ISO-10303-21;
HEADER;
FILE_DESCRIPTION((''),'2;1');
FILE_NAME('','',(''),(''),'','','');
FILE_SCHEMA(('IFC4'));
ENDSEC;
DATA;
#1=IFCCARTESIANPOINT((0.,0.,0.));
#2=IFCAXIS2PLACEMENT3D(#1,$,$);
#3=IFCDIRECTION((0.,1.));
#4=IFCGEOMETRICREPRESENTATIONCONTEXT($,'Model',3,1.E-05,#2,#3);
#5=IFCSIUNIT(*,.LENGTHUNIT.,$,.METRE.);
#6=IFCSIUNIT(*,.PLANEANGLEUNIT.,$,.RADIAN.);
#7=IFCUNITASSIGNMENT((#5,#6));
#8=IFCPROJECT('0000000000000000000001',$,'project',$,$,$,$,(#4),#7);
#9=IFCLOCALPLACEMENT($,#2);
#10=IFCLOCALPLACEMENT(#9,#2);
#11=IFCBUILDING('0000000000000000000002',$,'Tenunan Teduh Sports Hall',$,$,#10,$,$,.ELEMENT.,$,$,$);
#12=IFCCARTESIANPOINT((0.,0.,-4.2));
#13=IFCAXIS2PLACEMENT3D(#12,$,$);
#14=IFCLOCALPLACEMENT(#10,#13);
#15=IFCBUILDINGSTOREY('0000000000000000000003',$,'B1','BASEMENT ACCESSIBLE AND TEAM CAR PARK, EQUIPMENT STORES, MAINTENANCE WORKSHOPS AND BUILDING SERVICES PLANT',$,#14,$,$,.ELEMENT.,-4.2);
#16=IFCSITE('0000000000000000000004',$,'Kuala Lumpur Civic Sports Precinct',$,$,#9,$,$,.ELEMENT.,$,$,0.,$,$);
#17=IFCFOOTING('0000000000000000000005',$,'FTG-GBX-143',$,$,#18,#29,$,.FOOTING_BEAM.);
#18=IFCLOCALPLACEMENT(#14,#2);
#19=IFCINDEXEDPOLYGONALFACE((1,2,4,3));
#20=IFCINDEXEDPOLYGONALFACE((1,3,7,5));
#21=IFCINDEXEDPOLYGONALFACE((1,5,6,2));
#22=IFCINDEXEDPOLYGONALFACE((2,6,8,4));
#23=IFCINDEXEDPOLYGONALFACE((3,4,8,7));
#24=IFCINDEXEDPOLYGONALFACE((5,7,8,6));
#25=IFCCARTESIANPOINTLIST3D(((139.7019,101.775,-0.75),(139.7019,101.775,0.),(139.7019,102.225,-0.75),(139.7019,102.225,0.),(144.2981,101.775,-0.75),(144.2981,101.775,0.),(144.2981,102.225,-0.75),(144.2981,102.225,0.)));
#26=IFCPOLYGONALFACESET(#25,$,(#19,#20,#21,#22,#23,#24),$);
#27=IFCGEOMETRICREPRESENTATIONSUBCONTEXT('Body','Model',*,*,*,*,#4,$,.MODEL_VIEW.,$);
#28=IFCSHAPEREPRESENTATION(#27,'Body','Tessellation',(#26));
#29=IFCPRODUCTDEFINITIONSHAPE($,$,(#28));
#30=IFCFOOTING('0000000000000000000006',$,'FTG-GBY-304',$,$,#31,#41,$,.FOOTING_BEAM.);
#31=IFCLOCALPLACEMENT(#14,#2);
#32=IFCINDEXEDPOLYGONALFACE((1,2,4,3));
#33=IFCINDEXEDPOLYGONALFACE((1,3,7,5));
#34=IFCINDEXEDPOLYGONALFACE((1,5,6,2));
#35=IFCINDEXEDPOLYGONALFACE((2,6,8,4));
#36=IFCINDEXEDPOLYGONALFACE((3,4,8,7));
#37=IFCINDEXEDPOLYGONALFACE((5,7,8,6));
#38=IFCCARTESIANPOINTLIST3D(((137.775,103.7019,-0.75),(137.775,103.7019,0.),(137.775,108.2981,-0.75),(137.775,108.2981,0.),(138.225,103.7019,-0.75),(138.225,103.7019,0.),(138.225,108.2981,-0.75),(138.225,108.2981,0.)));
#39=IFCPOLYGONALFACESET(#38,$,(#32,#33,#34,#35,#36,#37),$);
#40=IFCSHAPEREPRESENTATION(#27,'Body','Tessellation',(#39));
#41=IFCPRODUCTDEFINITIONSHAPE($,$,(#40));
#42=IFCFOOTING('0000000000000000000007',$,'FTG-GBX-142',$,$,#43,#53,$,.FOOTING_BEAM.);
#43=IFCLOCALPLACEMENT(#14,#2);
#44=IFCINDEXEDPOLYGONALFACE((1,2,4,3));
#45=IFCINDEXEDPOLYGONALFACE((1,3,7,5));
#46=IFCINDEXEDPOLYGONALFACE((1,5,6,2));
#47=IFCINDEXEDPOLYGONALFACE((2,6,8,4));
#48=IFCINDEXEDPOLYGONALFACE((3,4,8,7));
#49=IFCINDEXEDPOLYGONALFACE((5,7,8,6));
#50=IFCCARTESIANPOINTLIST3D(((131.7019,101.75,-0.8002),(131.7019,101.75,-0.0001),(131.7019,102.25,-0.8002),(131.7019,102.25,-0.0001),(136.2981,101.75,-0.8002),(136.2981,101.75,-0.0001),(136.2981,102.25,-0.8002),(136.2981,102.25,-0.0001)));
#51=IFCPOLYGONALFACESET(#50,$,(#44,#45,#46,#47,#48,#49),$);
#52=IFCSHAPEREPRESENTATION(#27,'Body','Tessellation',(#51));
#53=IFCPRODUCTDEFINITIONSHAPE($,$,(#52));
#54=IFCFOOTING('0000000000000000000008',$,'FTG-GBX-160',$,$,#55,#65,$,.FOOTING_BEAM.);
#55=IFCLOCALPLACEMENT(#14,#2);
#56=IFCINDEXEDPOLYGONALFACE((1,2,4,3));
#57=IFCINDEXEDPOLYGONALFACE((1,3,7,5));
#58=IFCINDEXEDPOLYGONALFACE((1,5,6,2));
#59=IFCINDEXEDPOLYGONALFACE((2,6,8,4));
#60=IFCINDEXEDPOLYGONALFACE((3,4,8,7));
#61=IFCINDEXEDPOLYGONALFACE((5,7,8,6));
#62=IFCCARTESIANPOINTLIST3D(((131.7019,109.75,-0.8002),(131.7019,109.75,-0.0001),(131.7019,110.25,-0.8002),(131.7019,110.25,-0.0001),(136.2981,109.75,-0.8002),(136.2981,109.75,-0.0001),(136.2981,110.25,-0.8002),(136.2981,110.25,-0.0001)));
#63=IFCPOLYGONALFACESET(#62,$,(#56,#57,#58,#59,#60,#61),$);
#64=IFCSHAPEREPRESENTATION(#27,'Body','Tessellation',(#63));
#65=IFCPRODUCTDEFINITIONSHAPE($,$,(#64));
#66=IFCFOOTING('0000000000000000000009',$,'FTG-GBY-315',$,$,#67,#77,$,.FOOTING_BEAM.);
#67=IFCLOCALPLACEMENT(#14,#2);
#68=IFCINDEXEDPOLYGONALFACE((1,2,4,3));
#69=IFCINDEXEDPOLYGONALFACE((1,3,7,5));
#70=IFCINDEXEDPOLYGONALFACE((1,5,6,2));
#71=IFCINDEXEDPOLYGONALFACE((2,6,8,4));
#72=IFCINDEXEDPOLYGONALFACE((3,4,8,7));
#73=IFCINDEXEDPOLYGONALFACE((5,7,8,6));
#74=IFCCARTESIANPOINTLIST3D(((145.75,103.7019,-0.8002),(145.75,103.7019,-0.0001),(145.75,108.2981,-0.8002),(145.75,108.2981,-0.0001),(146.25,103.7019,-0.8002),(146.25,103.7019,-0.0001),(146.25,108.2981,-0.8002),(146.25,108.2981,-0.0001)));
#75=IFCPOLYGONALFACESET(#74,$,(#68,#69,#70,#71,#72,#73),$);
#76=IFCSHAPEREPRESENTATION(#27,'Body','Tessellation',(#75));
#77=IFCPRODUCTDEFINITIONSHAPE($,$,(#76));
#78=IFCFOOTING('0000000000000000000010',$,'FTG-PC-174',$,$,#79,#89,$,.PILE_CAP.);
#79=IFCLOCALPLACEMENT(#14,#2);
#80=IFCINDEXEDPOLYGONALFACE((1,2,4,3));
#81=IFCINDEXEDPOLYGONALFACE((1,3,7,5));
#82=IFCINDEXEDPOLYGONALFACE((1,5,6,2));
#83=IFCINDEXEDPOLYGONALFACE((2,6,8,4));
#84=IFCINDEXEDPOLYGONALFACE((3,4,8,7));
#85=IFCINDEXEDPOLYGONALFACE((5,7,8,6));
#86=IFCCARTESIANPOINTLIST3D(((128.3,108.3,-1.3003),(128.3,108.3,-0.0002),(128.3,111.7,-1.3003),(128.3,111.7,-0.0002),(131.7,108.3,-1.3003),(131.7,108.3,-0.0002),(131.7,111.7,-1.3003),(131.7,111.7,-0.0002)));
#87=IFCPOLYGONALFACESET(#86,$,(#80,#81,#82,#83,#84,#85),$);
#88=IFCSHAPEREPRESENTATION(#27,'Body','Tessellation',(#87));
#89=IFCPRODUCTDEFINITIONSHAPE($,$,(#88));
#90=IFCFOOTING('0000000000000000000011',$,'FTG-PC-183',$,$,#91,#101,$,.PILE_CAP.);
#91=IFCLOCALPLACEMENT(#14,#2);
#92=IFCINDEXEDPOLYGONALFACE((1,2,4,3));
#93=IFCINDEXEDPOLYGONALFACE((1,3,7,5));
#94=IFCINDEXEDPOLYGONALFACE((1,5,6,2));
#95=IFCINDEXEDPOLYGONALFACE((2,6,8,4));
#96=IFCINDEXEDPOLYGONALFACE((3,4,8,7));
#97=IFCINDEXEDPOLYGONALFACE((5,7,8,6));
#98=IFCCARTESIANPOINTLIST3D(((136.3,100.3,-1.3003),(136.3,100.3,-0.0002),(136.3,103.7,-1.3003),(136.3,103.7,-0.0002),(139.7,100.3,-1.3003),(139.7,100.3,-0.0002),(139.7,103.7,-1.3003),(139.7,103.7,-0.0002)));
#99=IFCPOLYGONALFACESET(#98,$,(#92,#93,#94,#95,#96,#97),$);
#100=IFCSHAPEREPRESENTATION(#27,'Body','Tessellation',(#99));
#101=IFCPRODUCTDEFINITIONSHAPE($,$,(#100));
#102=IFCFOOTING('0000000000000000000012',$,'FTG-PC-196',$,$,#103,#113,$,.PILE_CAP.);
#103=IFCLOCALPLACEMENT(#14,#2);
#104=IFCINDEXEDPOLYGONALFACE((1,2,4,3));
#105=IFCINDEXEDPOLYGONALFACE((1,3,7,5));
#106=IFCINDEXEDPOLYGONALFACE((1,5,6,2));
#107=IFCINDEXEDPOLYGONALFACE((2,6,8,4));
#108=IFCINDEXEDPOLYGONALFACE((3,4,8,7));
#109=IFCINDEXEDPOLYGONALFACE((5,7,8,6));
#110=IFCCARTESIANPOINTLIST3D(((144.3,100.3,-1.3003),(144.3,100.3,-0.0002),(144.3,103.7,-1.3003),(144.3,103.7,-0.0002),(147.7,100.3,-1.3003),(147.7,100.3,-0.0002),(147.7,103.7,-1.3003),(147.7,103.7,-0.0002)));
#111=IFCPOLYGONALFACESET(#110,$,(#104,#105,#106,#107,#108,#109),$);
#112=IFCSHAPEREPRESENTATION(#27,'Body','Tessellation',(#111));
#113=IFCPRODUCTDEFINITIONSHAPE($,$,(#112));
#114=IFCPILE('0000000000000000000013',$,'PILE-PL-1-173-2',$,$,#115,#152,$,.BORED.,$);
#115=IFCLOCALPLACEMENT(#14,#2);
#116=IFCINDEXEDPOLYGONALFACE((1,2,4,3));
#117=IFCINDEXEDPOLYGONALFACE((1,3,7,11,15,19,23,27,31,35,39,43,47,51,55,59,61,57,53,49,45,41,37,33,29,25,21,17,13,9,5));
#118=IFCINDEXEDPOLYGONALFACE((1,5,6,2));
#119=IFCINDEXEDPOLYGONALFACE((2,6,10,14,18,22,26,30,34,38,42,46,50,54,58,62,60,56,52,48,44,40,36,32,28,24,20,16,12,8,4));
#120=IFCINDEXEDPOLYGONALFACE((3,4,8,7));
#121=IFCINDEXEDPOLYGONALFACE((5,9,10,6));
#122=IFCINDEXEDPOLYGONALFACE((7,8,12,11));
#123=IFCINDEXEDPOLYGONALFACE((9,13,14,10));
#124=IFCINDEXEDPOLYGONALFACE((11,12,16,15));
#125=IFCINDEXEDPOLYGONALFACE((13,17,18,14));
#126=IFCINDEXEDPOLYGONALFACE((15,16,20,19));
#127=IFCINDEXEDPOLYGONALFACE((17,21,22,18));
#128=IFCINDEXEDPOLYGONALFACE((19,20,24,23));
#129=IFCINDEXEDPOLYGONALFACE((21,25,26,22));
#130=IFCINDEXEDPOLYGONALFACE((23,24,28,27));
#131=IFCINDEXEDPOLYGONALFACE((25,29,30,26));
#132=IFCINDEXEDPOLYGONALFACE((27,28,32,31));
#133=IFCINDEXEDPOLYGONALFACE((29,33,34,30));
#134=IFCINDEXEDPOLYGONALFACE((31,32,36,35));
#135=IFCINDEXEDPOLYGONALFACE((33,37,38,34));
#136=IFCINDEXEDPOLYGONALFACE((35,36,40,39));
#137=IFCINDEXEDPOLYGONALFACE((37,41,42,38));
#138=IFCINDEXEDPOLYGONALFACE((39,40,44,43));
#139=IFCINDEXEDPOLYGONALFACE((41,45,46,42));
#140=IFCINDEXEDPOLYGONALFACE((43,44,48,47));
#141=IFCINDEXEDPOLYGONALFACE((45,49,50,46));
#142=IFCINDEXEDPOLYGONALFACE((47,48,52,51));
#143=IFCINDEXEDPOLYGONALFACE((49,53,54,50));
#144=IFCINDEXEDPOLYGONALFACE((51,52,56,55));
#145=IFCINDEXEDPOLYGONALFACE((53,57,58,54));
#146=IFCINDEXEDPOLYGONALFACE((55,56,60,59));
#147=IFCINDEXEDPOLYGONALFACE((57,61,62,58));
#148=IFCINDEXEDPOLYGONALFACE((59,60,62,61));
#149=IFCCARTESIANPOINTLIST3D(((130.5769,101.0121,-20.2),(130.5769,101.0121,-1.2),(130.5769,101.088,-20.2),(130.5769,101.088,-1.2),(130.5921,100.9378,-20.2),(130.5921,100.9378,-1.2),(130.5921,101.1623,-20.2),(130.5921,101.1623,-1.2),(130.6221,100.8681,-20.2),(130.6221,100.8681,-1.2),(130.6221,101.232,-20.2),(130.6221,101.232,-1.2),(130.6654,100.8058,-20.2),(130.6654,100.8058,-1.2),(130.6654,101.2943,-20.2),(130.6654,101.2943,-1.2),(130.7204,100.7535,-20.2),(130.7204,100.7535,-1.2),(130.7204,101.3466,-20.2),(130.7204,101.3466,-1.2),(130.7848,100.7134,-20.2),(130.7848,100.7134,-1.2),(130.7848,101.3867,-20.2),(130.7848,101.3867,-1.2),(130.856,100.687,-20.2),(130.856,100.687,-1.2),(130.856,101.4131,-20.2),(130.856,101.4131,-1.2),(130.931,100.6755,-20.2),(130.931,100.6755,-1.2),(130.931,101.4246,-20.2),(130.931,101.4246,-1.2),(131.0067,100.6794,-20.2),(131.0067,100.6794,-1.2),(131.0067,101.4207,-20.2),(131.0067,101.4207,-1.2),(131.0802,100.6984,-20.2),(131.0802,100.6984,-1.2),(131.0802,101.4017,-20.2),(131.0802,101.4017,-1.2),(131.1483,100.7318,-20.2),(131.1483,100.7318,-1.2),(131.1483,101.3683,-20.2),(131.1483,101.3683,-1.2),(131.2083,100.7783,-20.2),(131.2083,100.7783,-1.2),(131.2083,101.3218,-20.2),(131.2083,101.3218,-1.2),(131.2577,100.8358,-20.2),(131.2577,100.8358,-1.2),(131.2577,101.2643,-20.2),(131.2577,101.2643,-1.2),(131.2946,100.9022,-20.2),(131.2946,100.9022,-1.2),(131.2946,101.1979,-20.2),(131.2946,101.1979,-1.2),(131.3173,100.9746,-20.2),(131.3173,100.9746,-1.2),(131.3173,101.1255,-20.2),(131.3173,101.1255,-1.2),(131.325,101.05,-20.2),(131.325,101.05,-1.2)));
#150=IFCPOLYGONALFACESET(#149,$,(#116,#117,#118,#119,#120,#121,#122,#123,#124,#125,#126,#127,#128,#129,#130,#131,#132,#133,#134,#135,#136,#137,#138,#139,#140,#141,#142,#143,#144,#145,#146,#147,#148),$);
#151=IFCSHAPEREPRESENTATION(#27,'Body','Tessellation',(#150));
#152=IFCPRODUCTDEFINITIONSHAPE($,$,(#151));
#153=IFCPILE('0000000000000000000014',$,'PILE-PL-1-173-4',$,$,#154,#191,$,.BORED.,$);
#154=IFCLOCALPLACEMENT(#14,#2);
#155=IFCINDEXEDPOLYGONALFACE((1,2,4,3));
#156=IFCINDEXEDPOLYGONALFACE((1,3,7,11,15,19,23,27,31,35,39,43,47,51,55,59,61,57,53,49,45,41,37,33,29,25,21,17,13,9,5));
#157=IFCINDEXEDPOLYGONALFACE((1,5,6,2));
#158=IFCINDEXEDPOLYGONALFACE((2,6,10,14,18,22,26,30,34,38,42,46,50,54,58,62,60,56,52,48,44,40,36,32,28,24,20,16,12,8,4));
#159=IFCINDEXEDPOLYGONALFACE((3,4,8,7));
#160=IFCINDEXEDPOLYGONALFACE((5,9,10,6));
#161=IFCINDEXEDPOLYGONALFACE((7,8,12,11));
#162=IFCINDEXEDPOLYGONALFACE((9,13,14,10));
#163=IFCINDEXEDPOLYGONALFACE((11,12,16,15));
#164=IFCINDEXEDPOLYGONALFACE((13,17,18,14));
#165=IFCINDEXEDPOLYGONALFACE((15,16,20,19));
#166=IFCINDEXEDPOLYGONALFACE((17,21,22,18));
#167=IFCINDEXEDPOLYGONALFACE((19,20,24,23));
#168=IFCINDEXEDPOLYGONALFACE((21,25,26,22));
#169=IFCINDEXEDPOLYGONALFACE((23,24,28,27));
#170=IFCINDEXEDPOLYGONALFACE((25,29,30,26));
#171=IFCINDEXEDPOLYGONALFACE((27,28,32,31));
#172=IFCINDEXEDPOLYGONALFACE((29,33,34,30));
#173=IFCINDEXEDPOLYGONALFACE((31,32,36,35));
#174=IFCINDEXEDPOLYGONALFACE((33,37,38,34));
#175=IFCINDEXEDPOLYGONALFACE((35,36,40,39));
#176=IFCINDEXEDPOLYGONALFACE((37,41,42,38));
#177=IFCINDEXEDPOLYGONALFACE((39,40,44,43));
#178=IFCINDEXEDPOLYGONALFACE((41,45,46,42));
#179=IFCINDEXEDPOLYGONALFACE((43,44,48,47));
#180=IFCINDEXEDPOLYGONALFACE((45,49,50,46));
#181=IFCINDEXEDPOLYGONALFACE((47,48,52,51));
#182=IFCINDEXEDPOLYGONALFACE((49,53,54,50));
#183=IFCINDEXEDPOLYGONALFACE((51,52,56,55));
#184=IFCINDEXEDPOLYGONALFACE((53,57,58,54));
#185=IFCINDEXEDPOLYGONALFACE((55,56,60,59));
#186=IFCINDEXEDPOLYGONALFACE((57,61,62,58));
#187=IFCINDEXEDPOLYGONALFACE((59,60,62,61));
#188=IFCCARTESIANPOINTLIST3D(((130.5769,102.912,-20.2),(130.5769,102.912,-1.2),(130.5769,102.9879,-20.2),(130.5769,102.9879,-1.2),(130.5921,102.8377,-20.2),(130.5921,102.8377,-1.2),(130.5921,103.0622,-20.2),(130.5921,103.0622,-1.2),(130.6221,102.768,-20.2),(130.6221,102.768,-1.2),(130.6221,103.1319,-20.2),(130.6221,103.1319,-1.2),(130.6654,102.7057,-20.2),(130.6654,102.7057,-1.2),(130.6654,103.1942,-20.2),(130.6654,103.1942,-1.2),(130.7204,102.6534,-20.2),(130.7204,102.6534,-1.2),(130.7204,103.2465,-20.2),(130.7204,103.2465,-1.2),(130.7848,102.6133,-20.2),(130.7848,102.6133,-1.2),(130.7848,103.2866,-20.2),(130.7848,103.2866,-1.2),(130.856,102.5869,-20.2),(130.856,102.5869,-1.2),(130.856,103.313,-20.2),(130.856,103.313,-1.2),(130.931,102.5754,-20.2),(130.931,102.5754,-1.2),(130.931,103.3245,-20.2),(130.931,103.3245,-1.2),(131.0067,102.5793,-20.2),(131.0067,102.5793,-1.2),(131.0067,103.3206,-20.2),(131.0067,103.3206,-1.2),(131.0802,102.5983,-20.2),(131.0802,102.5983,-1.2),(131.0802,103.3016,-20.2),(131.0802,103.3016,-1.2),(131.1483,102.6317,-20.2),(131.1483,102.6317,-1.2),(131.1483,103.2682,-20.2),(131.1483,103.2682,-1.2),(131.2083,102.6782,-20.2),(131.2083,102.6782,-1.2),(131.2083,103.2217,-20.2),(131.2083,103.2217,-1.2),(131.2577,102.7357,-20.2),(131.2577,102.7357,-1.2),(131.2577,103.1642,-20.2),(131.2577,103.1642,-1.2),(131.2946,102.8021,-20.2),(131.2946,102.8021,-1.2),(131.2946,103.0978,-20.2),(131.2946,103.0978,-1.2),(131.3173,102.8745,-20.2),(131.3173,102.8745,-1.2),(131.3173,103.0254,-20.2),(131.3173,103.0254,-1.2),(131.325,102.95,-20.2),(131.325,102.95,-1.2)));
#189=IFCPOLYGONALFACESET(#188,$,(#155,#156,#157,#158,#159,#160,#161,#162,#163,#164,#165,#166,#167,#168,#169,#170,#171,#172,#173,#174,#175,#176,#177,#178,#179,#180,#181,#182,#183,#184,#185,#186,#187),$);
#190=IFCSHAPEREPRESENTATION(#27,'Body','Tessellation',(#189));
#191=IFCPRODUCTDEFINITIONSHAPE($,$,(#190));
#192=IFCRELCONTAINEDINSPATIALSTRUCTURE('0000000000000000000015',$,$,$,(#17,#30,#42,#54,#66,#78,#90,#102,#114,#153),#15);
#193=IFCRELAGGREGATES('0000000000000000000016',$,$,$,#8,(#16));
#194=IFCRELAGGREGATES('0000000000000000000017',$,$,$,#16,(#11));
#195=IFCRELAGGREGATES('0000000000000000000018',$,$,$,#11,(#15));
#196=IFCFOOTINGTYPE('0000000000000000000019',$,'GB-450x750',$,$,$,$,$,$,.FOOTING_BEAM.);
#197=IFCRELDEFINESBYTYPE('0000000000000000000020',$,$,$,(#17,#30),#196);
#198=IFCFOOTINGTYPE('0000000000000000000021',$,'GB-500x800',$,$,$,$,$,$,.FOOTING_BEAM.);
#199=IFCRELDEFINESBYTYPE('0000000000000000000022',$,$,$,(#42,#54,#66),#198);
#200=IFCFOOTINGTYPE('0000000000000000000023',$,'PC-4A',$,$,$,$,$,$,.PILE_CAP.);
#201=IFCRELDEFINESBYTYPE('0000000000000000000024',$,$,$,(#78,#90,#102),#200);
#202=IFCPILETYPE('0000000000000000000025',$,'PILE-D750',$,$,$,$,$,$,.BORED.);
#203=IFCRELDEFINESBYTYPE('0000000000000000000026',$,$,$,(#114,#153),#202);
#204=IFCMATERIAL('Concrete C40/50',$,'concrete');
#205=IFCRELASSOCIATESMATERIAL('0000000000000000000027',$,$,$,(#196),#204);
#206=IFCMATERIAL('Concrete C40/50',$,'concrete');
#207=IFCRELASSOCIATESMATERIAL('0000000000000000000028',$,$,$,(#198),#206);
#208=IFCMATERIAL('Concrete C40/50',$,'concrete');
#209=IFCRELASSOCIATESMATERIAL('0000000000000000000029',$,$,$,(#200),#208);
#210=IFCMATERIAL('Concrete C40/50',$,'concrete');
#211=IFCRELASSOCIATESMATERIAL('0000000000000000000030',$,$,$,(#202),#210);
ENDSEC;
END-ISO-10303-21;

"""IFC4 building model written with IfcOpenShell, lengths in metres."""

from ifc_helpers import new_model, si_unit, direction, frame, origin, origin_2d, place, context, subcontext, project, spatial, rectangle, circle, extrude, material, material_profile, profile_set, type_object, element, save


model = new_model("IFC4")

# Units and contexts
model_context = context("Model", 3, precision=1e-05, world=origin(), true_north=direction((0.0, 1.0)))
body_context = subcontext(model_context, "Body", "Model", "MODEL_VIEW")
ifc_project = project(units=[si_unit("LENGTHUNIT", "METRE"), si_unit("PLANEANGLEUNIT", "RADIAN")], contexts=[model_context])

# Site, building, storey
site_placement = place(None, origin())
site = spatial("IfcSite", under=ifc_project, at=site_placement, Name="Kuala Lumpur Civic Sports Precinct", CompositionType="ELEMENT", RefElevation=0.0)
building_placement = place(site_placement, origin())
building = spatial("IfcBuilding", under=site, at=building_placement, Name="Tenunan Teduh Sports Hall", CompositionType="ELEMENT")
storey_placement = place(building_placement, frame((0.0, 0.0, -4.2)))
storey = spatial("IfcBuildingStorey", under=building, at=storey_placement, Name="B1", Description="BASEMENT ACCESSIBLE AND TEAM CAR PARK, EQUIPMENT STORES, MAINTENANCE WORKSHOPS AND BUILDING SERVICES PLANT", CompositionType="ELEMENT", Elevation=-4.2)

# Footings
ifc_material_1 = material(Name="Concrete C40/50", Category="concrete")
ifc_material_profile_1 = material_profile(ifc_material_1, rectangle(XDim=0.45, YDim=0.75, at=origin_2d()), Name="RCB 450x750")
ifc_profile_set_1 = profile_set([ifc_material_profile_1], Name="Concrete C40/50")
footing_type_1 = type_object("IfcFootingType", Name="GB-450x750", PredefinedType="FOOTING_BEAM", material=ifc_profile_set_1)
for number, where, z_axis, x_axis, name in (
    (1, (139.7019, 102.0, -0.375), (1.0, 0.0, 0.0), (0.0, 1.0, 0.0), "FTG-GBX-143"),
    (2, (138.0, 103.7019, -0.375), (0.0, 1.0, 0.0), (-1.0, 0.0, 0.0), "FTG-GBY-304"),
):
    element("IfcFooting", number, at=place(storey_placement, frame(where, z_axis=z_axis, x_axis=x_axis)), inside=storey, type_object=footing_type_1, Name=name, PredefinedType="FOOTING_BEAM", context=body_context, shape_type="SweptSolid", body=[
        extrude(rectangle(XDim=0.45, YDim=0.75, at=origin_2d()), origin(), (0.0, 0.0, 1.0), 4.5962),
    ])
ifc_material_2 = material(Name="Concrete C40/50", Category="concrete")
ifc_material_profile_2 = material_profile(ifc_material_2, rectangle(XDim=0.5, YDim=0.8, at=origin_2d()), Name="RCB 500x800")
ifc_profile_set_2 = profile_set([ifc_material_profile_2], Name="Concrete C40/50")
footing_type_2 = type_object("IfcFootingType", Name="GB-500x800", PredefinedType="FOOTING_BEAM", material=ifc_profile_set_2)
for number, where, z_axis, x_axis, name in (
    (3, (131.7019, 102.0, -0.4001), (1.0, 0.0, 0.0), (0.0, 1.0, 0.0), "FTG-GBX-142"),
    (4, (131.7019, 110.0, -0.4001), (1.0, 0.0, 0.0), (0.0, 1.0, 0.0), "FTG-GBX-160"),
    (5, (146.0, 103.7019, -0.4001), (0.0, 1.0, 0.0), (-1.0, 0.0, 0.0), "FTG-GBY-315"),
):
    element("IfcFooting", number, at=place(storey_placement, frame(where, z_axis=z_axis, x_axis=x_axis)), inside=storey, type_object=footing_type_2, Name=name, PredefinedType="FOOTING_BEAM", context=body_context, shape_type="SweptSolid", body=[
        extrude(rectangle(XDim=0.5, YDim=0.8, at=origin_2d()), origin(), (0.0, 0.0, 1.0), 4.5962),
    ])
ifc_material_3 = material(Name="Concrete C40/50", Category="concrete")
footing_type_3 = type_object("IfcFootingType", Name="PC-4A", PredefinedType="PILE_CAP", material=ifc_material_3)
for number, where, z_axis, x_axis, name in (
    (6, (130.0, 110.0, -1.3003), (0.0, 0.0, 1.0), (1.0, 0.0, 0.0), "FTG-PC-174"),
    (7, (138.0, 102.0, -1.3003), (0.0, 0.0, 1.0), (1.0, 0.0, 0.0), "FTG-PC-183"),
    (8, (146.0, 102.0, -1.3003), (0.0, 0.0, 1.0), (1.0, 0.0, 0.0), "FTG-PC-196"),
):
    element("IfcFooting", number, at=place(storey_placement, frame(where, z_axis=z_axis, x_axis=x_axis)), inside=storey, type_object=footing_type_3, Name=name, PredefinedType="PILE_CAP", context=body_context, shape_type="SweptSolid", body=[
        extrude(rectangle(XDim=3.3999, YDim=3.3999, at=origin_2d()), origin(), (0.0, 0.0, 1.0), 1.3),
    ])

# Piles
ifc_material_4 = material(Name="Concrete C40/50", Category="concrete")
ifc_material_profile_3 = material_profile(ifc_material_4, circle(Radius=0.375, at=origin_2d()), Name="PILE D750")
ifc_profile_set_3 = profile_set([ifc_material_profile_3], Name="Concrete C40/50")
pile_type = type_object("IfcPileType", Name="PILE-D750", PredefinedType="BORED", material=ifc_profile_set_3)
for number, where, z_axis, x_axis, name in (
    (9, (130.95, 101.05, -1.2), (0.0, 0.0, -1.0), (1.0, 0.0, 0.0), "PILE-PL-1-173-2"),
    (10, (130.95, 102.95, -1.2), (0.0, 0.0, -1.0), (1.0, 0.0, 0.0), "PILE-PL-1-173-4"),
):
    element("IfcPile", number, at=place(storey_placement, frame(where, z_axis=z_axis, x_axis=x_axis)), inside=storey, type_object=pile_type, Name=name, PredefinedType="BORED", context=body_context, shape_type="SweptSolid", body=[
        extrude(circle(Radius=0.375, at=origin_2d()), origin(), (0.0, 0.0, 1.0), 19.0),
    ])

save(model, "model.ifc")
